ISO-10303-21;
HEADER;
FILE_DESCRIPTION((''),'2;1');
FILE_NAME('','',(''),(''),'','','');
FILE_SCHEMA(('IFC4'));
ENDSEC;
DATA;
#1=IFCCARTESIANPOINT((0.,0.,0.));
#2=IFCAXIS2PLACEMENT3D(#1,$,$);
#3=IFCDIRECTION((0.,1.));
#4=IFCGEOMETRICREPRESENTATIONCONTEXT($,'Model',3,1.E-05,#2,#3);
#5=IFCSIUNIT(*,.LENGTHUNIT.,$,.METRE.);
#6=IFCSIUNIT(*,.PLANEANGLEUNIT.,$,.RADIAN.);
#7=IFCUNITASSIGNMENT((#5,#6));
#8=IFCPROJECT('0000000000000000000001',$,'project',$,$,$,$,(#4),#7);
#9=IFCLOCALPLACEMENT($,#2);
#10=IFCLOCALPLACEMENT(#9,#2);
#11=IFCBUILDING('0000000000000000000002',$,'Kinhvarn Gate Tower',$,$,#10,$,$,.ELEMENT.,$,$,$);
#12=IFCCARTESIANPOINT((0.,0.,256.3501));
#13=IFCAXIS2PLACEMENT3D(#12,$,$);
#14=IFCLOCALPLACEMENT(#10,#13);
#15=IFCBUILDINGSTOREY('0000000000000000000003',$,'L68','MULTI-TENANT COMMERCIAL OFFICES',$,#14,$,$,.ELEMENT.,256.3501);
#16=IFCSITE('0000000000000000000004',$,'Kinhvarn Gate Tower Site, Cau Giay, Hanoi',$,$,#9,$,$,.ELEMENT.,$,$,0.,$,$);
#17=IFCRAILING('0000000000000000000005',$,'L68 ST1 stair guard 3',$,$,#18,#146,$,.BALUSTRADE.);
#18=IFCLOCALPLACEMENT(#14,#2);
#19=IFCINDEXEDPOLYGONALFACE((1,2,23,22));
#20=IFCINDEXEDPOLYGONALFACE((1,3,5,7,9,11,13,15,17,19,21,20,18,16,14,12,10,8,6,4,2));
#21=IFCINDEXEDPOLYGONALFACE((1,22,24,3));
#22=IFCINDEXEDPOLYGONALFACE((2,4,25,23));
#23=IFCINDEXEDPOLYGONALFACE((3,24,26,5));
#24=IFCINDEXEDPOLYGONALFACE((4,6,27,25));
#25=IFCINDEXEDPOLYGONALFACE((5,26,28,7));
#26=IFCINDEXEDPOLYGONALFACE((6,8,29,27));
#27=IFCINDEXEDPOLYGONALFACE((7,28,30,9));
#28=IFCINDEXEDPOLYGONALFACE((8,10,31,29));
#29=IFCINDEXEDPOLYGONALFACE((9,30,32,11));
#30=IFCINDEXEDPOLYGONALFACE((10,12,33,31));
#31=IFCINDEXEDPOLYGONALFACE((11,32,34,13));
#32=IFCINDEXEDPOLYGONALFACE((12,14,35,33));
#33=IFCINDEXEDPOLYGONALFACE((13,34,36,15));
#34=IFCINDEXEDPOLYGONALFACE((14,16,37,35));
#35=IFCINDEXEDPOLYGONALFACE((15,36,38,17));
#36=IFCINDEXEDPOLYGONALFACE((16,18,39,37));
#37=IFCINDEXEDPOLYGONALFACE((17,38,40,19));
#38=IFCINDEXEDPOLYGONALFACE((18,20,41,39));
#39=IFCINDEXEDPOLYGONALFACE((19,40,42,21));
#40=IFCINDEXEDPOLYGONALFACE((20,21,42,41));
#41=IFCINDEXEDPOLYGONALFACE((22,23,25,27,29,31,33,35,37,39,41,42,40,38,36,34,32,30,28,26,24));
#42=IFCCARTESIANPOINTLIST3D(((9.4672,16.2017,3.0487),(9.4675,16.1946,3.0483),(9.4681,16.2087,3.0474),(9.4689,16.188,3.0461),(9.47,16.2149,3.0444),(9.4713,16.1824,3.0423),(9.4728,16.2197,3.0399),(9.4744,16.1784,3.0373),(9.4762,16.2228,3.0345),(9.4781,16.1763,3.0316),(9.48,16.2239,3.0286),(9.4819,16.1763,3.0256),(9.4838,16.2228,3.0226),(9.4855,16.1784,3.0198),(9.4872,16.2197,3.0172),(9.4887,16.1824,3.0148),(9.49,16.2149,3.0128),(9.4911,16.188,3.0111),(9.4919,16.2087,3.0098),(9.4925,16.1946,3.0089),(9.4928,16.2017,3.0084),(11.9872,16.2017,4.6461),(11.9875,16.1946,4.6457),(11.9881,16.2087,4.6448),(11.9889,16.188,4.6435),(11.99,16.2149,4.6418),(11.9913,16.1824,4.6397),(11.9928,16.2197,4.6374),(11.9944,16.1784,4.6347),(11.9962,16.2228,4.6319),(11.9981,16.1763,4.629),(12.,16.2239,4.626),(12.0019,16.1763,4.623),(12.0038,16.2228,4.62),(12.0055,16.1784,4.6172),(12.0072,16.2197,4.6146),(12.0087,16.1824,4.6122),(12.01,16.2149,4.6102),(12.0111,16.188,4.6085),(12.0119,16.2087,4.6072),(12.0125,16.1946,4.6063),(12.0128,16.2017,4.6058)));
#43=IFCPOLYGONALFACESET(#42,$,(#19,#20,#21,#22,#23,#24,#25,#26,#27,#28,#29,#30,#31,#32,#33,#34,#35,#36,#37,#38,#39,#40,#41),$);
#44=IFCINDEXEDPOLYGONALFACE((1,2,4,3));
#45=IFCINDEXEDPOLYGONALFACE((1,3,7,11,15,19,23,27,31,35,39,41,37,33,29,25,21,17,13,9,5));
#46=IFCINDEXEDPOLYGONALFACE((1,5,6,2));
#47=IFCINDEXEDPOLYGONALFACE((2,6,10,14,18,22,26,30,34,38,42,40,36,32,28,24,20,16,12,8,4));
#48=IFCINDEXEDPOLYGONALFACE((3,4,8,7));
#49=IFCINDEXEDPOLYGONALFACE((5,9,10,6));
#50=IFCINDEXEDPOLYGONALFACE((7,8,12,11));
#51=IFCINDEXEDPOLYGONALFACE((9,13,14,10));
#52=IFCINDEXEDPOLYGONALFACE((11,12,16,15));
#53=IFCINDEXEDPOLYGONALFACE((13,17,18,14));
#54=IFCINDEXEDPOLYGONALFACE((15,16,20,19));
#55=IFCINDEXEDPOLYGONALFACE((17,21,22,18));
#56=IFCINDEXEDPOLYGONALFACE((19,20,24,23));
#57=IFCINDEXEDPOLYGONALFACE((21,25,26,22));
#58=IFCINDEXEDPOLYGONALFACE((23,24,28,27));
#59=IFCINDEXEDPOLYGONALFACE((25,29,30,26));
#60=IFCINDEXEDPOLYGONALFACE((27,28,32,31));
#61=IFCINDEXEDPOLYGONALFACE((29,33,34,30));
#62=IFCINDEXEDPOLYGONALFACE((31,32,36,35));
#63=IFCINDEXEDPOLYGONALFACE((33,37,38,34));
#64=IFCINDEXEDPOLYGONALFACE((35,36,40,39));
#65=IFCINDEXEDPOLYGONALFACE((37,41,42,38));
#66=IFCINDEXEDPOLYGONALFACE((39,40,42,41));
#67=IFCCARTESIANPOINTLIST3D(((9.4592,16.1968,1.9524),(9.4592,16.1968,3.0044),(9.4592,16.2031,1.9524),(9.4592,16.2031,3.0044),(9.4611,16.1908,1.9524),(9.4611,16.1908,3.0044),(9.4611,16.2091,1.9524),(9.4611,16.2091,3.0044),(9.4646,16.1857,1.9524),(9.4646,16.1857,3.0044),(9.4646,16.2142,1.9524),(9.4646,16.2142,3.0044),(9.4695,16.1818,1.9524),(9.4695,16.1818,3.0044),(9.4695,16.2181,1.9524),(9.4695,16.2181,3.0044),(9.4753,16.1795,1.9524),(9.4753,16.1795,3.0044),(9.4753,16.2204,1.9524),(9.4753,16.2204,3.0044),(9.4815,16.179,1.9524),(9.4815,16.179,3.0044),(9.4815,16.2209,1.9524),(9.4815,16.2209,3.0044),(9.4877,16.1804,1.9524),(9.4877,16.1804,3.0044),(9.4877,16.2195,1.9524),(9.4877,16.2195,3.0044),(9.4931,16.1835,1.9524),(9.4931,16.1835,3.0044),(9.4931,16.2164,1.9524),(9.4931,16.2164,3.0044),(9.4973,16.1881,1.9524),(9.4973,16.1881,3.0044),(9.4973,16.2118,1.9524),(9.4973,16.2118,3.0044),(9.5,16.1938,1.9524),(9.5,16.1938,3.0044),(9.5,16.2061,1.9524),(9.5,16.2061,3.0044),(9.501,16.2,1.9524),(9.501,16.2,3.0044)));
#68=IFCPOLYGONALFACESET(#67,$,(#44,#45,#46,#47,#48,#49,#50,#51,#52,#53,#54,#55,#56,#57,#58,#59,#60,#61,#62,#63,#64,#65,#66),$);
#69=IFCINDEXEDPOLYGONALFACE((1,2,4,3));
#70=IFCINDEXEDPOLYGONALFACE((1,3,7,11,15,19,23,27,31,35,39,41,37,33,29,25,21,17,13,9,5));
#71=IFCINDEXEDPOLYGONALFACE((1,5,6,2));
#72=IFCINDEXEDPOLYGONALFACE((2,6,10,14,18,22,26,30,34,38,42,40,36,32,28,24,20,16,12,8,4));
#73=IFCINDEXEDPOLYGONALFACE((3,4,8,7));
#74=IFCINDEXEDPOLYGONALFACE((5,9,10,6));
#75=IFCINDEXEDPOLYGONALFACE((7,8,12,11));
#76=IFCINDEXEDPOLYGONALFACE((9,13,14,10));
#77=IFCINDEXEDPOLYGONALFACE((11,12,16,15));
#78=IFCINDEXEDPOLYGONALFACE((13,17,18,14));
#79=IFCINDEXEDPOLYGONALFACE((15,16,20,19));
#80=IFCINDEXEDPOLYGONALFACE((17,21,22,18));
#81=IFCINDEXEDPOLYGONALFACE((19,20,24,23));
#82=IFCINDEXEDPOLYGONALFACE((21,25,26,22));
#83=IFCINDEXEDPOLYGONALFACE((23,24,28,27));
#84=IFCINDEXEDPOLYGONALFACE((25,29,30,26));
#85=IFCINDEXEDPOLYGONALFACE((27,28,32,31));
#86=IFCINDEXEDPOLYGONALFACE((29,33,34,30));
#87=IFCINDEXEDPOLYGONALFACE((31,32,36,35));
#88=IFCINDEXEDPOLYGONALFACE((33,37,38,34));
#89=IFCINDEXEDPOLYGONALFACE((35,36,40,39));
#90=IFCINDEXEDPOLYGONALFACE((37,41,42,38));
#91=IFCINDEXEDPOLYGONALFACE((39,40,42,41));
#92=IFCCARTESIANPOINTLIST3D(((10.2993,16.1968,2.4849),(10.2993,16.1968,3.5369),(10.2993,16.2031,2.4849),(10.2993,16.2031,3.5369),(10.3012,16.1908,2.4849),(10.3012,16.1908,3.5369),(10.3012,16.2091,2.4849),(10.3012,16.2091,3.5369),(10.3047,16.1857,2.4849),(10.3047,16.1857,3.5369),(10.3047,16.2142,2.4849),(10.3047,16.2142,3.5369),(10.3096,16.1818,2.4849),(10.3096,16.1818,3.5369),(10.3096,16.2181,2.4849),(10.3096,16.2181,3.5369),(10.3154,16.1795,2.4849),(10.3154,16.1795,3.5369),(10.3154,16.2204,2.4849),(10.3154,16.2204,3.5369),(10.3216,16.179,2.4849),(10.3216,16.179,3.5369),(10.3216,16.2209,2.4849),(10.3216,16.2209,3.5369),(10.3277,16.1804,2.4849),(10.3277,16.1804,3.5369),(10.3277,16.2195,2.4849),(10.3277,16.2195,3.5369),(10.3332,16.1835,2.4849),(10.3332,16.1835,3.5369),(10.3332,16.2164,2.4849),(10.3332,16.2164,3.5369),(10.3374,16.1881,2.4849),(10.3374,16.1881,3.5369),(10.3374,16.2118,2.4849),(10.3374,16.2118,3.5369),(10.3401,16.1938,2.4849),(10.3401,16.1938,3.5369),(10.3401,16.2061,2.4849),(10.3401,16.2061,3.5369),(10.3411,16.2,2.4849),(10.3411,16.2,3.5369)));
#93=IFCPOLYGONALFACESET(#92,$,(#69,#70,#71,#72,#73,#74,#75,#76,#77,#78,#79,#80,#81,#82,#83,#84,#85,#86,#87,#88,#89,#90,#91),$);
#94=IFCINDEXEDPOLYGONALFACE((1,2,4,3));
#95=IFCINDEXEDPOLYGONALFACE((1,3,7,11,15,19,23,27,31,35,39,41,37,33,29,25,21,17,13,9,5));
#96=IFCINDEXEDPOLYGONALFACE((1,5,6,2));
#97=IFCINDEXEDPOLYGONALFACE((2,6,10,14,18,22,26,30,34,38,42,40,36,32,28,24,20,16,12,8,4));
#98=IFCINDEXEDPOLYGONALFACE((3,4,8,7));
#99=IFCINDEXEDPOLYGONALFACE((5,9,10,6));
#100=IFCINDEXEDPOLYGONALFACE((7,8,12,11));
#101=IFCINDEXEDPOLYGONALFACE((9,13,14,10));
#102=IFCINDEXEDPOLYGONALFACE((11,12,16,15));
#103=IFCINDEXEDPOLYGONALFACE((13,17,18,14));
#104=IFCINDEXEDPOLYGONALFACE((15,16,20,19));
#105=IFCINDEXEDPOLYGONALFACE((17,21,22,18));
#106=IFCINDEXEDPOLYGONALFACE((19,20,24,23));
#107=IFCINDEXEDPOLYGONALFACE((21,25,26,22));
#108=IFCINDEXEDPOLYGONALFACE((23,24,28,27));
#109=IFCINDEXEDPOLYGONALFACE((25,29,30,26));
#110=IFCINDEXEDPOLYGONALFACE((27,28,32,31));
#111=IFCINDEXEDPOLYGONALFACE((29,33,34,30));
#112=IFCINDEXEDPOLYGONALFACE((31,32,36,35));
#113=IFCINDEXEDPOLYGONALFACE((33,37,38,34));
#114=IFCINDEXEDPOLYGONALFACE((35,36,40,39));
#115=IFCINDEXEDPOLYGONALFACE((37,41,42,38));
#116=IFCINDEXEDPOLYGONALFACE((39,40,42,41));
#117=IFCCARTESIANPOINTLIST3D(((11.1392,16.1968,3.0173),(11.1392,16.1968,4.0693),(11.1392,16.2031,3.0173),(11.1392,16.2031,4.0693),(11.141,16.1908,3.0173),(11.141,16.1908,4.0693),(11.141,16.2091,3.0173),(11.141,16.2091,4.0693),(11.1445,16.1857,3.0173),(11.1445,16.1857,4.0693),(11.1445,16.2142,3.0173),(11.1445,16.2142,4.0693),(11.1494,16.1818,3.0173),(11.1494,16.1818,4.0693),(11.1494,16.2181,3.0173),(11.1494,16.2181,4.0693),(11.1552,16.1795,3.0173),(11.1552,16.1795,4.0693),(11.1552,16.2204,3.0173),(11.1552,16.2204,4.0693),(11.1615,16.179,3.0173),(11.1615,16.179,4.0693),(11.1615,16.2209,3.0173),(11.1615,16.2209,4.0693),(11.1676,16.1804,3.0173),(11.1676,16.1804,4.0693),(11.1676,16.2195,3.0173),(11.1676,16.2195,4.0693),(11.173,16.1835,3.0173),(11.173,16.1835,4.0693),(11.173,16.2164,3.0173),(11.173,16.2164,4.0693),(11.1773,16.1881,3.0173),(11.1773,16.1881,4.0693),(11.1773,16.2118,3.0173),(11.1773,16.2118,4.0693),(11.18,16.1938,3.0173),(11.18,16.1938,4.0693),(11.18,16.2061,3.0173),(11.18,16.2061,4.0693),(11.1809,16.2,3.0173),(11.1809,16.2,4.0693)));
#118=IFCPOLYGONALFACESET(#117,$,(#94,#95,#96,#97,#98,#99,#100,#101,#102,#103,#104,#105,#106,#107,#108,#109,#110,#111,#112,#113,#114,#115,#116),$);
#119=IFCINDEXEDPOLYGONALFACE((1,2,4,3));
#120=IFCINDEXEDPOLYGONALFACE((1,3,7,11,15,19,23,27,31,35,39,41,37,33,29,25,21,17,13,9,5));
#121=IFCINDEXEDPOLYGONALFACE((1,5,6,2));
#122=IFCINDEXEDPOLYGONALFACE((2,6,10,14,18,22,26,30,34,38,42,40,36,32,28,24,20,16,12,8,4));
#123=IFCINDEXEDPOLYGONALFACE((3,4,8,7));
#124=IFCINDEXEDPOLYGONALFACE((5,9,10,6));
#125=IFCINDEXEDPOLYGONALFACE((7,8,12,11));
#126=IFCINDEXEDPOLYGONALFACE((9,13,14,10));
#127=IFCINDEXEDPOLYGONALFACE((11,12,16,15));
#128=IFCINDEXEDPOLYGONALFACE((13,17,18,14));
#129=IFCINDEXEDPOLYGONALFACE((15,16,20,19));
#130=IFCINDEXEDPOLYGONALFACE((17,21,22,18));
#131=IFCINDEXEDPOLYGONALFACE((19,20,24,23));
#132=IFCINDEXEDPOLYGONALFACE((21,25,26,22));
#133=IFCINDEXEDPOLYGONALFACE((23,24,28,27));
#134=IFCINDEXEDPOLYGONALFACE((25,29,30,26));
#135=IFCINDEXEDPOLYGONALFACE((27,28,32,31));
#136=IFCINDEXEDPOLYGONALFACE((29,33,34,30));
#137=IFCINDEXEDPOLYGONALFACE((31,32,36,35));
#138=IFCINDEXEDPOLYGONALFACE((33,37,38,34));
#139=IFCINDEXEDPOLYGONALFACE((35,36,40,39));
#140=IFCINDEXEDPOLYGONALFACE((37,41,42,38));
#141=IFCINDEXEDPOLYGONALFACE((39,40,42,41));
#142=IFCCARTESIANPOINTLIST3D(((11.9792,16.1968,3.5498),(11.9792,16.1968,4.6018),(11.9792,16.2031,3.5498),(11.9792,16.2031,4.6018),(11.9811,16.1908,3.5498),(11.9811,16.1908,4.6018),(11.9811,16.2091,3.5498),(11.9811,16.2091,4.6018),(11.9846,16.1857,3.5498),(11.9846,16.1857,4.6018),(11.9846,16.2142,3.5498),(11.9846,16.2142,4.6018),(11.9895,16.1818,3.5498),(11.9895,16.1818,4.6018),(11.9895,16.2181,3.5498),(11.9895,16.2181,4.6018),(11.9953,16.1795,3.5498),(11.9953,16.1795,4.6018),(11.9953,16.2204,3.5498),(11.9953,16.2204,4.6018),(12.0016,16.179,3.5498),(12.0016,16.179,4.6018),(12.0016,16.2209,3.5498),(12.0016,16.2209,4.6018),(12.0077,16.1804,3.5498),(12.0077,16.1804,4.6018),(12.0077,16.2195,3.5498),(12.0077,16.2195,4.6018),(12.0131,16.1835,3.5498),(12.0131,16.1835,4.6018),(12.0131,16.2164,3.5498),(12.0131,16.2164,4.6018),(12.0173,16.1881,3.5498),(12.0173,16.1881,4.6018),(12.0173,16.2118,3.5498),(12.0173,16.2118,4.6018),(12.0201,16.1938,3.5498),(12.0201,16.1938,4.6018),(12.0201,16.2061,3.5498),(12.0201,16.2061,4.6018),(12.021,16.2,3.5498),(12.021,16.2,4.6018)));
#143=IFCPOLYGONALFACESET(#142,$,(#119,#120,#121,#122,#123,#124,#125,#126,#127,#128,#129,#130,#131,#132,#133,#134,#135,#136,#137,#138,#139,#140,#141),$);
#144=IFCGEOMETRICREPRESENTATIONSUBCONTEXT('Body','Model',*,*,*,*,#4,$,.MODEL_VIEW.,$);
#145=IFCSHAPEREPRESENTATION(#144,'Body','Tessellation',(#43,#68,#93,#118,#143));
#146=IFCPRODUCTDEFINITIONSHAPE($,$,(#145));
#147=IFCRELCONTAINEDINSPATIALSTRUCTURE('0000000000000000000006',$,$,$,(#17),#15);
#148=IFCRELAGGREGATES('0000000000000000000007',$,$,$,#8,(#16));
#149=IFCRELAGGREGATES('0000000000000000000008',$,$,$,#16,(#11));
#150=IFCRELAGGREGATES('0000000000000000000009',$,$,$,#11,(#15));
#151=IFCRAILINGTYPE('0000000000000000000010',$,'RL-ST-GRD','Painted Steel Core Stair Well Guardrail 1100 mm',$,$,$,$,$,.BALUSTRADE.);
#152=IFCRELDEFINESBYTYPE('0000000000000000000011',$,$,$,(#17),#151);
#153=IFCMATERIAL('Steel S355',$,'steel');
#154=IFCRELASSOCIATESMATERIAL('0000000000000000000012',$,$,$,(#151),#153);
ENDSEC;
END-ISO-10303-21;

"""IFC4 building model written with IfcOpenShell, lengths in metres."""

from ifc_helpers import new_model, si_unit, direction, frame, origin, origin_2d, place, context, subcontext, project, spatial, circle, extrude, material, type_object, element, save


model = new_model("IFC4")

# Units and contexts
model_context = context("Model", 3, precision=1e-05, world=origin(), true_north=direction((0.0, 1.0)))
body_context = subcontext(model_context, "Body", "Model", "MODEL_VIEW")
ifc_project = project(units=[si_unit("LENGTHUNIT", "METRE"), si_unit("PLANEANGLEUNIT", "RADIAN")], contexts=[model_context])

# Site, building, storey
site_placement = place(None, origin())
site = spatial("IfcSite", under=ifc_project, at=site_placement, Name="Kinhvarn Gate Tower Site, Cau Giay, Hanoi", CompositionType="ELEMENT", RefElevation=0.0)
building_placement = place(site_placement, origin())
building = spatial("IfcBuilding", under=site, at=building_placement, Name="Kinhvarn Gate Tower", CompositionType="ELEMENT")
storey_placement = place(building_placement, frame((0.0, 0.0, 256.3501)))
storey = spatial("IfcBuildingStorey", under=building, at=storey_placement, Name="L68", Description="MULTI-TENANT COMMERCIAL OFFICES", CompositionType="ELEMENT", Elevation=256.3501)

# Shared definitions
ifc_material_1 = material(Name="Steel S355", Category="steel")

# Railing
railing_type_1 = type_object("IfcRailingType", Name="RL-ST-GRD", Description="Painted Steel Core Stair Well Guardrail 1100 mm", PredefinedType="BALUSTRADE", material=ifc_material_1)
railing_1_placement = place(storey_placement, frame((9.48, 16.2, 1.9524)))
element("IfcRailing", 1, at=railing_1_placement, inside=storey, type_object=railing_type_1, Name="L68 ST1 stair guard 3", PredefinedType="BALUSTRADE", context=body_context, shape_type="SweptSolid", body=[
    extrude(circle(Radius=0.0239, at=origin_2d()), frame((0.0, 0.0, 1.0762), z_axis=(0.844607, 0.0, 0.535387), x_axis=(0.0, 1.0, 0.0)), (0.0, 0.0, 1.0), 2.9836),
    extrude(circle(Radius=0.021, at=origin_2d()), origin(), (0.0, 0.0, 1.0), 1.052),
    extrude(circle(Radius=0.021, at=origin_2d()), frame((0.8401, 0.0, 0.5325)), (0.0, 0.0, 1.0), 1.052),
    extrude(circle(Radius=0.021, at=origin_2d()), frame((1.6799, 0.0, 1.0649)), (0.0, 0.0, 1.0), 1.052),
    extrude(circle(Radius=0.021, at=origin_2d()), frame((2.52, 0.0, 1.5974)), (0.0, 0.0, 1.0), 1.052),
])

save(model, "model.ifc")
